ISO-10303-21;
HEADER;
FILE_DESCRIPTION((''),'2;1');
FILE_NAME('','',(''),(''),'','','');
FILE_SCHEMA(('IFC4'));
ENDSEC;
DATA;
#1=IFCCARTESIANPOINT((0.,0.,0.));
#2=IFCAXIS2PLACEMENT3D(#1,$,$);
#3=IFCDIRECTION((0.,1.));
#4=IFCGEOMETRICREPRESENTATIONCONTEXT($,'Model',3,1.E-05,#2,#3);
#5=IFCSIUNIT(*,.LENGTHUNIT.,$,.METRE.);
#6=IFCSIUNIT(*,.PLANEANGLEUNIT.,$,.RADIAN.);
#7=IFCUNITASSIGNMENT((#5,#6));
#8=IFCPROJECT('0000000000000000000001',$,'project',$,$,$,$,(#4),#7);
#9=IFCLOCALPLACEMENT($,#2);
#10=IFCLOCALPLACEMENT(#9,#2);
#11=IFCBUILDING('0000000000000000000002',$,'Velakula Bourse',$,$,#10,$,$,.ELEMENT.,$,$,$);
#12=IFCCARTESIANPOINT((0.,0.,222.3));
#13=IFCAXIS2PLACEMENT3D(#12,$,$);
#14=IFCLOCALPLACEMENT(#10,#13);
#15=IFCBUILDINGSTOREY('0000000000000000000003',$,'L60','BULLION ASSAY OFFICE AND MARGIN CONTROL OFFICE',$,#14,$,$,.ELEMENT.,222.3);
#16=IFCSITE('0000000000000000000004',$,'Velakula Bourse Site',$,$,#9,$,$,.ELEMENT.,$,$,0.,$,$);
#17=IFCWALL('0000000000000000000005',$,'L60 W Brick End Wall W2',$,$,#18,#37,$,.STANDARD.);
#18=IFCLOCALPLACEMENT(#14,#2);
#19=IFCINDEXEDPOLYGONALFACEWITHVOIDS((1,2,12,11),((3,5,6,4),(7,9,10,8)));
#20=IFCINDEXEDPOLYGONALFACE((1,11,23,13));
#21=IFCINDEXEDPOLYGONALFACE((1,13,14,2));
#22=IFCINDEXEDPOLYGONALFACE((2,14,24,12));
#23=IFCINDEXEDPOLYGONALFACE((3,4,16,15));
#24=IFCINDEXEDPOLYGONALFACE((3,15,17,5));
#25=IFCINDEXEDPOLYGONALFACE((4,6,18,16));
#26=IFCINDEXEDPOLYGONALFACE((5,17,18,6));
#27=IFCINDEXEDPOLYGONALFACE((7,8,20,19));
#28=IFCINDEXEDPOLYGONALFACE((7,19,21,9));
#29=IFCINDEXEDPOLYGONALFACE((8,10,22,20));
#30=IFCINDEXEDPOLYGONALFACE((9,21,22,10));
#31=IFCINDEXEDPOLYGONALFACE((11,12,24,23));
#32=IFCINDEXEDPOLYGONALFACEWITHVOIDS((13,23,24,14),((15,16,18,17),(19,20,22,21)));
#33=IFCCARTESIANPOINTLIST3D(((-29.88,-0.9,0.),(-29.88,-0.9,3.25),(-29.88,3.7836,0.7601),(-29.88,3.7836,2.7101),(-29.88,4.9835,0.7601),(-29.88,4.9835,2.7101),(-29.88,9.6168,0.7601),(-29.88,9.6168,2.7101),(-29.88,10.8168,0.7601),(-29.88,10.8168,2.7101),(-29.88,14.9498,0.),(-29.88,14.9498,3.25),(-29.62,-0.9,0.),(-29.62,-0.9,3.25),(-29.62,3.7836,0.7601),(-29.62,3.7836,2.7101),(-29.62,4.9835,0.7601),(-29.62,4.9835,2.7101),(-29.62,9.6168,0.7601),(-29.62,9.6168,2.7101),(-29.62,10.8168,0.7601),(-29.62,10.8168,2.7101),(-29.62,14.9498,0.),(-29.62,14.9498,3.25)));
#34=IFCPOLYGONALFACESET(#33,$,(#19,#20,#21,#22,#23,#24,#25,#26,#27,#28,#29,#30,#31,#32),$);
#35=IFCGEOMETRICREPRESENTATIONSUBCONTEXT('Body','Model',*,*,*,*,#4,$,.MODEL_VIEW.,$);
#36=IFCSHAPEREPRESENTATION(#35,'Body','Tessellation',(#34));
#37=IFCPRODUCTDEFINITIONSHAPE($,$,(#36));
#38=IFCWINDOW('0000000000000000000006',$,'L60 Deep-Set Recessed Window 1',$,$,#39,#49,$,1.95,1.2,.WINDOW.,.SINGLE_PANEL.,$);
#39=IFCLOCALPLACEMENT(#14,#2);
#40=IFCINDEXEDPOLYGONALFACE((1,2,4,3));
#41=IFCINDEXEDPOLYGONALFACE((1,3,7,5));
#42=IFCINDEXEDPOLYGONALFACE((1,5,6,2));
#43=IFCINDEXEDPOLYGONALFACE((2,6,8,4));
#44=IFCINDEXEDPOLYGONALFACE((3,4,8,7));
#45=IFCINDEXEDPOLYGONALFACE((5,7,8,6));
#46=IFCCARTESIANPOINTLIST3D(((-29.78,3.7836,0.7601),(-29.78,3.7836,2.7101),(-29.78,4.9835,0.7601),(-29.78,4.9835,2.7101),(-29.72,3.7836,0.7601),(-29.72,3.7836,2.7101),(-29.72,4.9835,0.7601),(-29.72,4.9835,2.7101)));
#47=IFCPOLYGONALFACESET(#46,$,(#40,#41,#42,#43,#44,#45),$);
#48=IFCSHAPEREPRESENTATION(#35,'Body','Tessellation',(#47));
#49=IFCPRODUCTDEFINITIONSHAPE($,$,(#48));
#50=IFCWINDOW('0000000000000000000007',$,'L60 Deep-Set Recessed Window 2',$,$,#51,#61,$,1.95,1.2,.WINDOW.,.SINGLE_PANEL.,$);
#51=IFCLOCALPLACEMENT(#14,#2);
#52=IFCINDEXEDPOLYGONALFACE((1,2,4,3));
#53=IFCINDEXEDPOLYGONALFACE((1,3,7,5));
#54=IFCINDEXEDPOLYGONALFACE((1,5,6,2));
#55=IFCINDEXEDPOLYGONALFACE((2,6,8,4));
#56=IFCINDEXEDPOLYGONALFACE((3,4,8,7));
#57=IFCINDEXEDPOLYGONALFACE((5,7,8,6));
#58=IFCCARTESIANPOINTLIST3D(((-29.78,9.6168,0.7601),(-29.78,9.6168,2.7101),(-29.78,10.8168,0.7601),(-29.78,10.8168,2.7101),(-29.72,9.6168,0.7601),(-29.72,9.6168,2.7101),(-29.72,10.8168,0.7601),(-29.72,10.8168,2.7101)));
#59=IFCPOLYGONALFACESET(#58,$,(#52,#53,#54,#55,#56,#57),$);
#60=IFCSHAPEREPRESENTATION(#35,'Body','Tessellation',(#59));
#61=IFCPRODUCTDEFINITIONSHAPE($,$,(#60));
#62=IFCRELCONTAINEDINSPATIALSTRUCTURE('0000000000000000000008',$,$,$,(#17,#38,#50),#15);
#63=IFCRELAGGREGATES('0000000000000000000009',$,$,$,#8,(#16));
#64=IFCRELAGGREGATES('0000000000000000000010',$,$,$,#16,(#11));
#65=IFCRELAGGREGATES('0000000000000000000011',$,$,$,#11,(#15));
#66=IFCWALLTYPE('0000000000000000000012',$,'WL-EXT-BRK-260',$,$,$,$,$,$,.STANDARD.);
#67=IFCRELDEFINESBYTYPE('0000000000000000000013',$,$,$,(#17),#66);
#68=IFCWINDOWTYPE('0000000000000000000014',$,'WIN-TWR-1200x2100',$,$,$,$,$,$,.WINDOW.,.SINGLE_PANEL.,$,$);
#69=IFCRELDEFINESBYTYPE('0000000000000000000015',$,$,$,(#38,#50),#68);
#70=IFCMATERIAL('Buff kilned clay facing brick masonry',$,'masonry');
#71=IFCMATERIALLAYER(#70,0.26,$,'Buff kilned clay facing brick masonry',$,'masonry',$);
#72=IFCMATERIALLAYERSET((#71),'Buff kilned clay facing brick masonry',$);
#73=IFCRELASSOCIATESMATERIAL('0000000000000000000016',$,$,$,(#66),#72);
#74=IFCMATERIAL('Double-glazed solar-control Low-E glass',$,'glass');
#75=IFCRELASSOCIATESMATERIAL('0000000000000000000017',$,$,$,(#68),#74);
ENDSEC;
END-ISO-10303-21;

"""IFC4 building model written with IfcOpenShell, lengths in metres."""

from ifc_helpers import new_model, si_unit, direction, frame, frame_2d, origin, place, context, subcontext, project, spatial, rectangle, extrude, material, layer, layer_set, type_object, element, fill, save


model = new_model("IFC4")

# Units and contexts
model_context = context("Model", 3, precision=1e-05, world=origin(), true_north=direction((0.0, 1.0)))
body_context = subcontext(model_context, "Body", "Model", "MODEL_VIEW")
ifc_project = project(units=[si_unit("LENGTHUNIT", "METRE"), si_unit("PLANEANGLEUNIT", "RADIAN")], contexts=[model_context])

# Site, building, storey
site_placement = place(None, origin())
site = spatial("IfcSite", under=ifc_project, at=site_placement, Name="Velakula Bourse Site", CompositionType="ELEMENT", RefElevation=0.0)
building_placement = place(site_placement, origin())
building = spatial("IfcBuilding", under=site, at=building_placement, Name="Velakula Bourse", CompositionType="ELEMENT")
storey_placement = place(building_placement, frame((0.0, 0.0, 222.3)))
storey = spatial("IfcBuildingStorey", under=building, at=storey_placement, Name="L60", Description="BULLION ASSAY OFFICE AND MARGIN CONTROL OFFICE", CompositionType="ELEMENT", Elevation=222.3)

# Wall, openings, windows
ifc_material_1 = material(Name="Buff kilned clay facing brick masonry", Category="masonry")
ifc_layer = layer(ifc_material_1, 0.26, Name="Buff kilned clay facing brick masonry", Category="masonry")
ifc_layer_set = layer_set([ifc_layer], Name="Buff kilned clay facing brick masonry")
wall_type = type_object("IfcWallType", Name="WL-EXT-BRK-260", PredefinedType="STANDARD", material=ifc_layer_set)
wall_placement = place(storey_placement, frame((-29.75, -0.8999, 0.0), z_axis=(0.0, 0.0, 1.0), x_axis=(0.0, 1.0, 0.0)))
wall = element("IfcWall", 1, at=wall_placement, inside=storey, type_object=wall_type, Name="L60 W Brick End Wall W2", PredefinedType="STANDARD", context=body_context, shape_type="SweptSolid", body=[
    extrude(rectangle(XDim=15.8499, YDim=0.26, at=frame_2d((7.9248, 0.0))), origin(), (0.0, 0.0, 1.0), 3.25),
])
opening_1_placement = place(wall_placement, frame((4.6833, 0.0, 0.76)))
opening_1 = element("IfcOpeningElement", 2, at=opening_1_placement, cuts=wall, PredefinedType="OPENING", context=body_context, shape_type="SweptSolid", body=[
    extrude(rectangle(XDim=1.2, YDim=1.95, at=frame_2d((0.6001, 0.9751))), frame((0.0, 0.1399, 0.0), z_axis=(0.0, -1.0, 0.0), x_axis=(1.0, 0.0, 0.0)), (0.0, 0.0, 1.0), 0.28),
])
opening_2_placement = place(wall_placement, frame((10.5166, 0.0, 0.76)))
opening_2 = element("IfcOpeningElement", 3, at=opening_2_placement, cuts=wall, PredefinedType="OPENING", context=body_context, shape_type="SweptSolid", body=[
    extrude(rectangle(XDim=1.2, YDim=1.95, at=frame_2d((0.6001, 0.9751))), frame((0.0, 0.1399, 0.0), z_axis=(0.0, -1.0, 0.0), x_axis=(1.0, 0.0, 0.0)), (0.0, 0.0, 1.0), 0.28),
])
ifc_material_2 = material(Name="Double-glazed solar-control Low-E glass", Category="glass")
window_type = type_object("IfcWindowType", Name="WIN-TWR-1200x2100", PartitioningType="SINGLE_PANEL", PredefinedType="WINDOW", material=ifc_material_2)
window_1_placement = place(opening_1_placement, origin())
window_1 = element("IfcWindow", 4, at=window_1_placement, inside=storey, type_object=window_type, Name="L60 Deep-Set Recessed Window 1", OverallHeight=1.95, OverallWidth=1.2, PartitioningType="SINGLE_PANEL", PredefinedType="WINDOW", context=body_context, shape_type="SweptSolid", body=[
    extrude(rectangle(XDim=1.2, YDim=1.95, at=frame_2d((0.6001, 0.9751))), frame((0.0, 0.03, 0.0), z_axis=(0.0, -1.0, 0.0), x_axis=(1.0, 0.0, 0.0)), (0.0, 0.0, 1.0), 0.0601),
])
fill(opening_1, window_1)
window_2_placement = place(opening_2_placement, origin())
window_2 = element("IfcWindow", 5, at=window_2_placement, inside=storey, type_object=window_type, Name="L60 Deep-Set Recessed Window 2", OverallHeight=1.95, OverallWidth=1.2, PartitioningType="SINGLE_PANEL", PredefinedType="WINDOW", context=body_context, shape_type="SweptSolid", body=[
    extrude(rectangle(XDim=1.2, YDim=1.95, at=frame_2d((0.6001, 0.9751))), frame((0.0, 0.03, 0.0), z_axis=(0.0, -1.0, 0.0), x_axis=(1.0, 0.0, 0.0)), (0.0, 0.0, 1.0), 0.0601),
])
fill(opening_2, window_2)

save(model, "model.ifc")
